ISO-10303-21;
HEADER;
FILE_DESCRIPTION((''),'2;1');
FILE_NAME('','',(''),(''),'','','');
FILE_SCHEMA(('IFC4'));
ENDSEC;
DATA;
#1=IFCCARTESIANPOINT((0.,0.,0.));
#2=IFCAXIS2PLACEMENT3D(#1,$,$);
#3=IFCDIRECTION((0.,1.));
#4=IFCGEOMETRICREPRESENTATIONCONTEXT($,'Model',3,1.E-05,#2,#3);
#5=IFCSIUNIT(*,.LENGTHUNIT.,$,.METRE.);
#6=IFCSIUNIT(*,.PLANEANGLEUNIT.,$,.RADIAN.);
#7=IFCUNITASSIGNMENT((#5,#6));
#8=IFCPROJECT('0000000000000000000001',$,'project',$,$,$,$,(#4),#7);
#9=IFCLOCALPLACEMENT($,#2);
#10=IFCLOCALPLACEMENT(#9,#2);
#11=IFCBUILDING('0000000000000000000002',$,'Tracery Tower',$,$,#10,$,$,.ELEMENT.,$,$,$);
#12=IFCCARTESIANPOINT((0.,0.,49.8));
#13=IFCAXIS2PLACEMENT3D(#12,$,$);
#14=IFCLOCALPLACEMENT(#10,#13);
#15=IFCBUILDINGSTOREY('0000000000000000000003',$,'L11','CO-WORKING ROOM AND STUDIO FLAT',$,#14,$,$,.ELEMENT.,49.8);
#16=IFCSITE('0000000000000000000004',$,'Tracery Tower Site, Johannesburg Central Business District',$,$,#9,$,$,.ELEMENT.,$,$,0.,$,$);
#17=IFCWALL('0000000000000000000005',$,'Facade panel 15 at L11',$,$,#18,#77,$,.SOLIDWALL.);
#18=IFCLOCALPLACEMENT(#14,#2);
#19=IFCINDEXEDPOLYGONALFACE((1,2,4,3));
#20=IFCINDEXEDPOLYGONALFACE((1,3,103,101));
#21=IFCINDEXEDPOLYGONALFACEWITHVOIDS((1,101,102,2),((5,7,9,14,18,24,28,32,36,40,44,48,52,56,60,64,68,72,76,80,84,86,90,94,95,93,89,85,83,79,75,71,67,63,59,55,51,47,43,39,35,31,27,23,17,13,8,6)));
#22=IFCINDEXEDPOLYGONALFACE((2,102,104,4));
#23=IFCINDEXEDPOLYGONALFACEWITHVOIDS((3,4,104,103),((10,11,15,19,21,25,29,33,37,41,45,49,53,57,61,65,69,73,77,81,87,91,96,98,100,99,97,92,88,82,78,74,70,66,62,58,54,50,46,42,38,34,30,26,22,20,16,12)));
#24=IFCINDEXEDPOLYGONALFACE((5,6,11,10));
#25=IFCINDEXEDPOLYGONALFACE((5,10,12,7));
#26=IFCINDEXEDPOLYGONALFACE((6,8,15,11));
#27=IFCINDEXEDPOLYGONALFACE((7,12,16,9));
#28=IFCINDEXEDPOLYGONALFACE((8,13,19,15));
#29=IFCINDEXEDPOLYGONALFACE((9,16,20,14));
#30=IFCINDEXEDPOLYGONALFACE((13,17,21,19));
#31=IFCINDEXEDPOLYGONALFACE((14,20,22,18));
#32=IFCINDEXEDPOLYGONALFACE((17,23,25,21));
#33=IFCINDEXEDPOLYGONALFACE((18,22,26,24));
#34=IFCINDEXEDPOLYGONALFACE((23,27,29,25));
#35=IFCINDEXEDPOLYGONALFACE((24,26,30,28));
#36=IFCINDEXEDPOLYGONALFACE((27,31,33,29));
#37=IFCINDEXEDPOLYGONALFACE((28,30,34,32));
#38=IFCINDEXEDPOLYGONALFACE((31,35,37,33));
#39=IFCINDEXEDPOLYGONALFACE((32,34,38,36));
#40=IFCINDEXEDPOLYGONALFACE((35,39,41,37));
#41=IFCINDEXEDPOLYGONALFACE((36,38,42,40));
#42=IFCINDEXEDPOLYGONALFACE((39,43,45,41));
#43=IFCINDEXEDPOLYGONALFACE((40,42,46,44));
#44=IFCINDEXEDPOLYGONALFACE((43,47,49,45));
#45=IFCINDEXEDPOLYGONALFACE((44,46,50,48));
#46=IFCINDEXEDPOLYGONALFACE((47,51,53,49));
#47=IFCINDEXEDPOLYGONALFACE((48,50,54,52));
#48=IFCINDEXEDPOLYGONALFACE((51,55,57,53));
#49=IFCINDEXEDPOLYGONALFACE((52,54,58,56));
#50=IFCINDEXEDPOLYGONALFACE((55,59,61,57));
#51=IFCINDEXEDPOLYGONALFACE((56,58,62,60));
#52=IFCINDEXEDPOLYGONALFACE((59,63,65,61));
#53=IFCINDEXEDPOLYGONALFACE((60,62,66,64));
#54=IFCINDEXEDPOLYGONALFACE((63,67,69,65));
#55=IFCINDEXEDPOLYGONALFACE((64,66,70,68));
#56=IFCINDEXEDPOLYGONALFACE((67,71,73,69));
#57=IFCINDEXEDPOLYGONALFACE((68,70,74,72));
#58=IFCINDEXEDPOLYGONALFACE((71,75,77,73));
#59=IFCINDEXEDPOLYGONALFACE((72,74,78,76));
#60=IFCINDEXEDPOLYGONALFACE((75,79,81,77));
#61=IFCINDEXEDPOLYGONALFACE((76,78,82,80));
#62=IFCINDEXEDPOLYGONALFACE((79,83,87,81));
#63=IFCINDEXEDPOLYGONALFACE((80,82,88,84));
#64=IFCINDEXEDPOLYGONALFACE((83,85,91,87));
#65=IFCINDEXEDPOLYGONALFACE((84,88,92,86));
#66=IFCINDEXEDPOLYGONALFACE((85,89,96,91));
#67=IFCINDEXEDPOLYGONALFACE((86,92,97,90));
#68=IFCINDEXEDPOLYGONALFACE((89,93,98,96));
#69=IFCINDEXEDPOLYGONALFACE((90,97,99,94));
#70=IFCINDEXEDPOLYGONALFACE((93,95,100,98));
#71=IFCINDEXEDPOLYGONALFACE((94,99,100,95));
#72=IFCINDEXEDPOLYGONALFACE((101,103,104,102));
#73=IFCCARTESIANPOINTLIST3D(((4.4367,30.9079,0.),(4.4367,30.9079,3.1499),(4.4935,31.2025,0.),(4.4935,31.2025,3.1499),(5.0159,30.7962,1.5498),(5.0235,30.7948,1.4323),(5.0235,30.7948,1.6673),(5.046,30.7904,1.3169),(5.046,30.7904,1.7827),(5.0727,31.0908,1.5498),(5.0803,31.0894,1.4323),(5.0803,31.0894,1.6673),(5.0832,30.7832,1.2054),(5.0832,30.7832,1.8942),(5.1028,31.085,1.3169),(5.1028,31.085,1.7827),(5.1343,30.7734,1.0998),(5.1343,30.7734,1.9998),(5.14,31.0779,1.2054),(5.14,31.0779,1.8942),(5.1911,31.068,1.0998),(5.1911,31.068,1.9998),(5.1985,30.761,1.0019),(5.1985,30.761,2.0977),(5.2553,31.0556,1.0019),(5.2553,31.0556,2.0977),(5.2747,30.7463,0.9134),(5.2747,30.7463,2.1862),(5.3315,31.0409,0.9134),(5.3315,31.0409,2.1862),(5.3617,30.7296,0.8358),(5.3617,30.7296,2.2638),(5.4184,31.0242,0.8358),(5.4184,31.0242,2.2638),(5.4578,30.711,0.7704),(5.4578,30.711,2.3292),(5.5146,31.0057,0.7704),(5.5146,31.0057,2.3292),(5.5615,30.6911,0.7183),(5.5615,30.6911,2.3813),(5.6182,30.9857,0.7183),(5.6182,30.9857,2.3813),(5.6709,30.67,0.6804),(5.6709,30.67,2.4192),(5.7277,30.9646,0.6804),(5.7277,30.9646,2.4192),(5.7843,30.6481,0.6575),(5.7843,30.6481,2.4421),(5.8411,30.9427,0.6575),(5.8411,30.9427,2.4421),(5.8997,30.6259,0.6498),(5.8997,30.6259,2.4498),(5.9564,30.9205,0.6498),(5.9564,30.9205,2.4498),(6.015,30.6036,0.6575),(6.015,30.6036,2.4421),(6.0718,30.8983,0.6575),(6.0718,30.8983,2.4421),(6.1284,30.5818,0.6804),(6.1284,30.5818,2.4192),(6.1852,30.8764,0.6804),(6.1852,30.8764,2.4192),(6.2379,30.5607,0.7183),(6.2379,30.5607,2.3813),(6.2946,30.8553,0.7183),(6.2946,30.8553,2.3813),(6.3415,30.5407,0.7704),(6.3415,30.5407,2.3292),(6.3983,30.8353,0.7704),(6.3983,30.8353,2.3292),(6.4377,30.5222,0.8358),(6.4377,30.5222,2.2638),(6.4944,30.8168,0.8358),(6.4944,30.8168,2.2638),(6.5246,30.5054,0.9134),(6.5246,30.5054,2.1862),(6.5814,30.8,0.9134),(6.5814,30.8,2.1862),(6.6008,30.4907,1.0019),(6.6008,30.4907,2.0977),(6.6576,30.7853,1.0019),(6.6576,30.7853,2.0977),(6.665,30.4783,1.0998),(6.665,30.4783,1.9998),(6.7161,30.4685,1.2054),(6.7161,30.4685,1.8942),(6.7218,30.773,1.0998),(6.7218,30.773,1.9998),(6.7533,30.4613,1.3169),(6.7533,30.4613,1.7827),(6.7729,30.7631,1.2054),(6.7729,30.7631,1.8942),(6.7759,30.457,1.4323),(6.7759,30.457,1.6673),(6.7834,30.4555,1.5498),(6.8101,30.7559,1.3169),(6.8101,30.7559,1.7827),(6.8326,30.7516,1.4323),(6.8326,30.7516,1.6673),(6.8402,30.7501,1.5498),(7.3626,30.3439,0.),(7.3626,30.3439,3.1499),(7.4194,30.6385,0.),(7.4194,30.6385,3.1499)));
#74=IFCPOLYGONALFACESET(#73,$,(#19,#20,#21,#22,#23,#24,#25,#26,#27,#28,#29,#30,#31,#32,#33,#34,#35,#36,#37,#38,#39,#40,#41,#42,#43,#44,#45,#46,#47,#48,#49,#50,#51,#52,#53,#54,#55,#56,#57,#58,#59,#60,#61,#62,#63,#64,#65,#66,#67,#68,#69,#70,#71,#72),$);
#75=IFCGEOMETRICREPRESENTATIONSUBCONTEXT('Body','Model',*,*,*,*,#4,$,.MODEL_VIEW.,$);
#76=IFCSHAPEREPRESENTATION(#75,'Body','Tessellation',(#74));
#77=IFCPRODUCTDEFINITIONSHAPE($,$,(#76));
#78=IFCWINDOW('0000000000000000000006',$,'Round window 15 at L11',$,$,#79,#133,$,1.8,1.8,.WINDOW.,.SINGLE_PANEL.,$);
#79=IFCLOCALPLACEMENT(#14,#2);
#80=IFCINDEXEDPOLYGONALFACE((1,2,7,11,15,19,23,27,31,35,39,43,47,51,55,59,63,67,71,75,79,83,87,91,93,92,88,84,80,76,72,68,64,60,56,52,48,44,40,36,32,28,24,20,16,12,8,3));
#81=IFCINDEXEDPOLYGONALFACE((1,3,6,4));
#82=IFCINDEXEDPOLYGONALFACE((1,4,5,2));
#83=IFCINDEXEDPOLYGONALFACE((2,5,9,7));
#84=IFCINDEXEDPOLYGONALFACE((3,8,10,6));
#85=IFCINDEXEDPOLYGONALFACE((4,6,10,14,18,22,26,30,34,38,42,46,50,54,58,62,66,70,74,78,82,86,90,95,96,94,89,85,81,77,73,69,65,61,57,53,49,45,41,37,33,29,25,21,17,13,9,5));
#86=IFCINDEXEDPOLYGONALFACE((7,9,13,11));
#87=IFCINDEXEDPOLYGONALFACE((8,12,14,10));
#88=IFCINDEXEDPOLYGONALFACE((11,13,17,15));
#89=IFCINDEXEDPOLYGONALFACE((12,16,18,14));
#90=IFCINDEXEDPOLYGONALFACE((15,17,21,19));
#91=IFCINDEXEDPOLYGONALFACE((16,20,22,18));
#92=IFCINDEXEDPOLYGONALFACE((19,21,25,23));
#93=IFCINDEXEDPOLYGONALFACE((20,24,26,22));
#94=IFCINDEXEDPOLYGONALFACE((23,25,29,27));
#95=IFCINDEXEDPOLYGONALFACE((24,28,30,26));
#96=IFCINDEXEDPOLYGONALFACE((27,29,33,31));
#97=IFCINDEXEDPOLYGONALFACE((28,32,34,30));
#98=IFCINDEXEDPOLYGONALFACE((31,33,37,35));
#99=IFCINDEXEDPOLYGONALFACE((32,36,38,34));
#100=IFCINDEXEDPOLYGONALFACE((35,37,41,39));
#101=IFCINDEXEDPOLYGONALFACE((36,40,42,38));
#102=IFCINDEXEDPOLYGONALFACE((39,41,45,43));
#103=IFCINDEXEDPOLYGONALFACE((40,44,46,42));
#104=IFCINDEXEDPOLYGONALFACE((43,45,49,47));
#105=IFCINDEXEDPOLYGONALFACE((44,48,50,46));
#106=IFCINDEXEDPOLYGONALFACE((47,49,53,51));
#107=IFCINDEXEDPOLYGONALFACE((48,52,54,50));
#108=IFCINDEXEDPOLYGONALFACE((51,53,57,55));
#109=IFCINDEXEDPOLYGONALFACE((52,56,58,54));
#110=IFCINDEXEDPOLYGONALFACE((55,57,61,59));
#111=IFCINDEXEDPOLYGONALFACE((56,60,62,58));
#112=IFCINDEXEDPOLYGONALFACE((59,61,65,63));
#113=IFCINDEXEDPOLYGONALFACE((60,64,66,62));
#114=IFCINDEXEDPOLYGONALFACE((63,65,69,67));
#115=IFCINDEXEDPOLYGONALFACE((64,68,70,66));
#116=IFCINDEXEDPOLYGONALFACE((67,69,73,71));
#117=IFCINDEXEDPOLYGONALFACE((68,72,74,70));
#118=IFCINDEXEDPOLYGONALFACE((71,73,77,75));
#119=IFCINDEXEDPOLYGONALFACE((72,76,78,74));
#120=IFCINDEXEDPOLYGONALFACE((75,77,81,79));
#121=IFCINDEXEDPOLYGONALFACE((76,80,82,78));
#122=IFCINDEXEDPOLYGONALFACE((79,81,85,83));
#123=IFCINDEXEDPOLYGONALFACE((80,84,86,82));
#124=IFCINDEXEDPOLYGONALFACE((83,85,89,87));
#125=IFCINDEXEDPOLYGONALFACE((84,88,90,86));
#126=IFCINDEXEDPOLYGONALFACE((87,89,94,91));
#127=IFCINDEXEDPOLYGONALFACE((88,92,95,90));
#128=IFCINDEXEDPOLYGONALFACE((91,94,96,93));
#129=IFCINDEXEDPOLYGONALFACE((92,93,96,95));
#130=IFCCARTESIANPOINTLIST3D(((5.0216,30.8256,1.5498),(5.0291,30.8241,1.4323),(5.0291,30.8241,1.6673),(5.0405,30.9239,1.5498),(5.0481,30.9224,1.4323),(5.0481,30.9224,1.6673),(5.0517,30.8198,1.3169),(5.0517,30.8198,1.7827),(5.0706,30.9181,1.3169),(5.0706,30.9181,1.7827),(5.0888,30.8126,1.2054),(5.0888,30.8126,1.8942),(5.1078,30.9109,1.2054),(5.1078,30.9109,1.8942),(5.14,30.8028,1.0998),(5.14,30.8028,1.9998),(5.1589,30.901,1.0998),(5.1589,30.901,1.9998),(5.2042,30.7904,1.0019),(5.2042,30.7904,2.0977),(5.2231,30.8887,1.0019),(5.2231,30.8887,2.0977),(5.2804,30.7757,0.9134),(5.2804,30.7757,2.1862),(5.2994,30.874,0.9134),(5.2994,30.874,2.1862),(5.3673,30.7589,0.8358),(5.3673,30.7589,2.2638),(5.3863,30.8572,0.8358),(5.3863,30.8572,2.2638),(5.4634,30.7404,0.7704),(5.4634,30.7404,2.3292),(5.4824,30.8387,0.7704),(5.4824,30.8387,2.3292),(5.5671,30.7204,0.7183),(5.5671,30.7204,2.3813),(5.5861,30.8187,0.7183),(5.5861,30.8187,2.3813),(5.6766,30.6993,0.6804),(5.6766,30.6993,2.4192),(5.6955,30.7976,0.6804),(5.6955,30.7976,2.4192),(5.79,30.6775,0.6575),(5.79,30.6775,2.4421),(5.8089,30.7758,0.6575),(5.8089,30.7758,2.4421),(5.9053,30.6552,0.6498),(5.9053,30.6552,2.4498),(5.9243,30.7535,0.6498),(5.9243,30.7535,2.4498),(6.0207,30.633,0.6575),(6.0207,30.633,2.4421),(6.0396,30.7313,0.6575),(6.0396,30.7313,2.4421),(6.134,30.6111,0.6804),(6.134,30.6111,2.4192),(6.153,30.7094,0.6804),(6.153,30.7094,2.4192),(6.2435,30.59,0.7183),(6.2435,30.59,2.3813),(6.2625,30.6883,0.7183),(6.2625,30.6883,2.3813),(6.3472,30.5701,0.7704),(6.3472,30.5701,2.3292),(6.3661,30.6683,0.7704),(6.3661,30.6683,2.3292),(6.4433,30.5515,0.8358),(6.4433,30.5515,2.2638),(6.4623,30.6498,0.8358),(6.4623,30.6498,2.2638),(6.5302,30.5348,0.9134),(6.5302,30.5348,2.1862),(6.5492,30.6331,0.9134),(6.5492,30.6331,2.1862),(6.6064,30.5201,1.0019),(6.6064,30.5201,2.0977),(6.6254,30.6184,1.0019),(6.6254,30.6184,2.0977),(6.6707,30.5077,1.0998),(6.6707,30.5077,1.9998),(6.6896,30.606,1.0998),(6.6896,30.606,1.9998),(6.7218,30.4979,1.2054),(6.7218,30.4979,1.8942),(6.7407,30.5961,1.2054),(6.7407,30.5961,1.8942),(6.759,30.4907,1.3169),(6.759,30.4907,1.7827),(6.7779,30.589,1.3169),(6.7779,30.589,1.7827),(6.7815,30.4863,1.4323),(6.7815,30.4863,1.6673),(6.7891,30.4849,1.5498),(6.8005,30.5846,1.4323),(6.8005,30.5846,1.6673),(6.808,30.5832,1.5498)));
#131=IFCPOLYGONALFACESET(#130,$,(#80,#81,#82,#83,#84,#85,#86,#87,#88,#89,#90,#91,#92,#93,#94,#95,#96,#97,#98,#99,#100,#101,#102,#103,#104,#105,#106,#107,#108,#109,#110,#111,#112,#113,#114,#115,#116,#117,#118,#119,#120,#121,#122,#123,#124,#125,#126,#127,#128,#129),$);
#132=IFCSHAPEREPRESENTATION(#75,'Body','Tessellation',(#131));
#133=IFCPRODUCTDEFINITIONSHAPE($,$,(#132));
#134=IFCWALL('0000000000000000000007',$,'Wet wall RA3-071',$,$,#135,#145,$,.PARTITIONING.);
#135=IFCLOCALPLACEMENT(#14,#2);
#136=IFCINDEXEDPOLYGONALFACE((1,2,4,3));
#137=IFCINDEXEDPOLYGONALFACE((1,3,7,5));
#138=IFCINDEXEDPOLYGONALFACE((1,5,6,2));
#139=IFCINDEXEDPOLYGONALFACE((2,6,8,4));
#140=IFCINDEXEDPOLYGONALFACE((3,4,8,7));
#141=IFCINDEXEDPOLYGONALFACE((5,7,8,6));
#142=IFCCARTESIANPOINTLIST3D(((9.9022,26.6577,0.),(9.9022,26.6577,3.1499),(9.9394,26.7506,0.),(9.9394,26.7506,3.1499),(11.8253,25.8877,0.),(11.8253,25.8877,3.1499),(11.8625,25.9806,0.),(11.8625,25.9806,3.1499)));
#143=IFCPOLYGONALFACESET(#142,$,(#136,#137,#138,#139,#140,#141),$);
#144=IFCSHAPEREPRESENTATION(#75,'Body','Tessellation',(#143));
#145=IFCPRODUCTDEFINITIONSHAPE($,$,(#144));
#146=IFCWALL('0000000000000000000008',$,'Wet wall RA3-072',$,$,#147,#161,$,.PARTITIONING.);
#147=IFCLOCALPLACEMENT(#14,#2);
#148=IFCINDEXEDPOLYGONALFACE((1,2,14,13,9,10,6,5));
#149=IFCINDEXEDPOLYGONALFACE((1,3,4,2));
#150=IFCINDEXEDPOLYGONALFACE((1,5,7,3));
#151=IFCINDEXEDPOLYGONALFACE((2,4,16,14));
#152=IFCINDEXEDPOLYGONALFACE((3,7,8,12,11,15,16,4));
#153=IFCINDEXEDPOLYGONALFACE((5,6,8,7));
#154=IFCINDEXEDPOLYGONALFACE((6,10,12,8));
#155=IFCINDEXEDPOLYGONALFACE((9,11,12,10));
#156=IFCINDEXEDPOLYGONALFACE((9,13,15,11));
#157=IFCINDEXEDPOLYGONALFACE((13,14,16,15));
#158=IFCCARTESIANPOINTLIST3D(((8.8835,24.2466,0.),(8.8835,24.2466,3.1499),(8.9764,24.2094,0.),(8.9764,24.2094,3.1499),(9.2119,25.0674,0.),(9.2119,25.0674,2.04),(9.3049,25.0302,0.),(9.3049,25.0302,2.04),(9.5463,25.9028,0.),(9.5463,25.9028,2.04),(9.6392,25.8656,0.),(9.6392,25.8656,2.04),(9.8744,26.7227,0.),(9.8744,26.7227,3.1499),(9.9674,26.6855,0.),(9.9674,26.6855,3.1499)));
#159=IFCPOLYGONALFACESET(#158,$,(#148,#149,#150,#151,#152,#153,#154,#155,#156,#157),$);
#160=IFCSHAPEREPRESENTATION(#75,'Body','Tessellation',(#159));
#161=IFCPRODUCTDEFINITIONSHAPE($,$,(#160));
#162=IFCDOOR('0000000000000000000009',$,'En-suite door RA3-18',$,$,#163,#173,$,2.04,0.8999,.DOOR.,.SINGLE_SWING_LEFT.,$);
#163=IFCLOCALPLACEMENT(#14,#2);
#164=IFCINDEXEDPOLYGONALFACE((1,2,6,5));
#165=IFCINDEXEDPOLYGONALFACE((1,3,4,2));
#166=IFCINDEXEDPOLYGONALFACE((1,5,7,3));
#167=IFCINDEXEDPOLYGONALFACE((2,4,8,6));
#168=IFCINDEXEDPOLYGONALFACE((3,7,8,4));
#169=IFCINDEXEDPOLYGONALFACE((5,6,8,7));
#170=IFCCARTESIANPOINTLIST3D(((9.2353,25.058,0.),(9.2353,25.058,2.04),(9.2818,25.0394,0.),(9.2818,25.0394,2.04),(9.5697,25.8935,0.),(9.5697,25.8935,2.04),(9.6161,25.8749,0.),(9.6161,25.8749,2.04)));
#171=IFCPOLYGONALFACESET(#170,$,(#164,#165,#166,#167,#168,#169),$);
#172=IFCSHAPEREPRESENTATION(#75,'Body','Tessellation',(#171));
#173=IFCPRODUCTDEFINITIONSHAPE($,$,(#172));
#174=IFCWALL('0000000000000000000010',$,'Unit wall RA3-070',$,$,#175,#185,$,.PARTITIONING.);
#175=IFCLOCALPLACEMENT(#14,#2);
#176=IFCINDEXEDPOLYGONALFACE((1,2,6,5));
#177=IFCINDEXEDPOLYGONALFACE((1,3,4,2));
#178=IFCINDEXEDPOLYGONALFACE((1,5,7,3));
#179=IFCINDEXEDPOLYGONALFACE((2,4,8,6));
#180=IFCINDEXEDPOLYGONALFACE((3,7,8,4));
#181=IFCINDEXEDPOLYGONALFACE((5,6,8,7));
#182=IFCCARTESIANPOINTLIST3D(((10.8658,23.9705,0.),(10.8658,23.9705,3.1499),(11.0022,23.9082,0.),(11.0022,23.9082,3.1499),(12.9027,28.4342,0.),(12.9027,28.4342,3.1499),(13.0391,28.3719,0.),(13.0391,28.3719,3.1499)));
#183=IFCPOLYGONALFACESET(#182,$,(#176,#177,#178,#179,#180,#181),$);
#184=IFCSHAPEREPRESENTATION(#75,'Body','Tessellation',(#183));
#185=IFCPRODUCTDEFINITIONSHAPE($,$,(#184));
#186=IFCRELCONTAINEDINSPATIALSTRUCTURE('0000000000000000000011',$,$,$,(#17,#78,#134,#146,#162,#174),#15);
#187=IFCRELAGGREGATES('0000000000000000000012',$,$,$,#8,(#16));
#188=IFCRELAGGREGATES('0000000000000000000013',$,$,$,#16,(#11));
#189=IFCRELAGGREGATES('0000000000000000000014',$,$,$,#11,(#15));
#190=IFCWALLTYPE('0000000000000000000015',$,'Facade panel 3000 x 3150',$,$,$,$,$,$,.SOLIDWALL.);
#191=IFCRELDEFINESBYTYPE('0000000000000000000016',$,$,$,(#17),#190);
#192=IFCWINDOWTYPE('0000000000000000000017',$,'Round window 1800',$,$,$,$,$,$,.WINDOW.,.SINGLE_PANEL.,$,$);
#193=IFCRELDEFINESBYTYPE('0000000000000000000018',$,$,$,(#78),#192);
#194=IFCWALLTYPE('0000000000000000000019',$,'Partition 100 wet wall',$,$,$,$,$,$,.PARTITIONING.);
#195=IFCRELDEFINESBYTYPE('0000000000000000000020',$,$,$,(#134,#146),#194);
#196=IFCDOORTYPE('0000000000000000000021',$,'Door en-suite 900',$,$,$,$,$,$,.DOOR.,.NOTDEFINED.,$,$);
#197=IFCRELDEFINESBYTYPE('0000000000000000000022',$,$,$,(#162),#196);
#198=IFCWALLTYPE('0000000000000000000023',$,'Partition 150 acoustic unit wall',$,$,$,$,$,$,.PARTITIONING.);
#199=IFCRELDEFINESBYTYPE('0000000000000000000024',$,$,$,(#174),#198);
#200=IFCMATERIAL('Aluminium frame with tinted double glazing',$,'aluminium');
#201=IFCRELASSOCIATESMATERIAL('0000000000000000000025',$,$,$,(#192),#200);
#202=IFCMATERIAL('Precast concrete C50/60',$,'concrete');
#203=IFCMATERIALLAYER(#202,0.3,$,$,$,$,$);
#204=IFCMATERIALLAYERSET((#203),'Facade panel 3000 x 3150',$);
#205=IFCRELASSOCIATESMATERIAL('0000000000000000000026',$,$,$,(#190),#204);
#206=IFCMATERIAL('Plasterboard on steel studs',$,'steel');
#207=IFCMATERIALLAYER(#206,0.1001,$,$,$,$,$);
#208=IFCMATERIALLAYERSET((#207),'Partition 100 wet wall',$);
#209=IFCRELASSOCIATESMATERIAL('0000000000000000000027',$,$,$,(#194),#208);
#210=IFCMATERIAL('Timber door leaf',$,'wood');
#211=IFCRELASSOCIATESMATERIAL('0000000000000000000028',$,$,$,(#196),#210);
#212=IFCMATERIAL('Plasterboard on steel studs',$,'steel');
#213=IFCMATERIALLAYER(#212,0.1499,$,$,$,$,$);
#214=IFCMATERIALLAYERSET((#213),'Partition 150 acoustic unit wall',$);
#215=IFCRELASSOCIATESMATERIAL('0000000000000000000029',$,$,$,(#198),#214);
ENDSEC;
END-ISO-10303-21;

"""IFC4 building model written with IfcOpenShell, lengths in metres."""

from ifc_helpers import new_model, si_unit, direction, frame, frame_2d, origin, origin_2d, place, context, subcontext, project, spatial, rectangle, circle, extrude, material, layer, layer_set, type_object, element, fill, save


model = new_model("IFC4")

# Units and contexts
model_context = context("Model", 3, precision=1e-05, world=origin(), true_north=direction((0.0, 1.0)))
body_context = subcontext(model_context, "Body", "Model", "MODEL_VIEW")
ifc_project = project(units=[si_unit("LENGTHUNIT", "METRE"), si_unit("PLANEANGLEUNIT", "RADIAN")], contexts=[model_context])

# Site, building, storey
site_placement = place(None, origin())
site = spatial("IfcSite", under=ifc_project, at=site_placement, Name="Tracery Tower Site, Johannesburg Central Business District", CompositionType="ELEMENT", RefElevation=0.0)
building_placement = place(site_placement, origin())
building = spatial("IfcBuilding", under=site, at=building_placement, Name="Tracery Tower", CompositionType="ELEMENT")
storey_placement = place(building_placement, frame((0.0, 0.0, 49.8)))
storey = spatial("IfcBuildingStorey", under=building, at=storey_placement, Name="L11", Description="CO-WORKING ROOM AND STUDIO FLAT", CompositionType="ELEMENT", Elevation=49.8)

# Wall, opening, window
ifc_material_1 = material(Name="Aluminium frame with tinted double glazing", Category="aluminium")
window_type = type_object("IfcWindowType", Name="Round window 1800", PartitioningType="SINGLE_PANEL", PredefinedType="WINDOW", material=ifc_material_1)
ifc_material_2 = material(Name="Precast concrete C50/60", Category="concrete")
ifc_layer_1 = layer(ifc_material_2, 0.3)
ifc_layer_set_1 = layer_set([ifc_layer_1], Name="Facade panel 3000 x 3150")
wall_type_1 = type_object("IfcWallType", Name="Facade panel 3000 x 3150", PredefinedType="SOLIDWALL", material=ifc_layer_set_1)
wall_1_placement = place(storey_placement, frame((7.3909, 30.4912, 0.0), z_axis=(0.0, 0.0, 1.0), x_axis=(-0.981925, 0.189273, 0.0)))
wall_1 = element("IfcWall", 1, at=wall_1_placement, inside=storey, type_object=wall_type_1, Name="Facade panel 15 at L11", PredefinedType="SOLIDWALL", context=body_context, shape_type="SweptSolid", body=[
    extrude(rectangle(XDim=2.9797, YDim=0.3, at=frame_2d((1.4897, 0.0))), origin(), (0.0, 0.0, 1.0), 3.1499),
])
opening_1_placement = place(wall_1_placement, frame((1.4897, 0.0, 1.5498)))
opening_1 = element("IfcOpeningElement", 2, at=opening_1_placement, cuts=wall_1, PredefinedType="OPENING", context=body_context, shape_type="SweptSolid", body=[
    extrude(circle(Radius=0.9, at=origin_2d()), frame((0.0, 0.1599, 0.0), z_axis=(0.0, -1.0, 0.0), x_axis=(1.0, 0.0, 0.0)), (0.0, 0.0, 1.0), 0.3201),
])
window_1_placement = place(opening_1_placement, origin())
window_1 = element("IfcWindow", 3, at=window_1_placement, inside=storey, type_object=window_type, Name="Round window 15 at L11", OverallHeight=1.8, OverallWidth=1.8, PartitioningType="SINGLE_PANEL", PredefinedType="WINDOW", context=body_context, shape_type="SweptSolid", body=[
    extrude(circle(Radius=0.9, at=origin_2d()), frame((0.0, 0.1201, 0.0), z_axis=(0.0, -1.0, 0.0), x_axis=(1.0, 0.0, 0.0)), (0.0, 0.0, 1.0), 0.1001),
])
fill(opening_1, window_1)

# Wall
ifc_material_3 = material(Name="Plasterboard on steel studs", Category="steel")
ifc_layer_2 = layer(ifc_material_3, 0.1001)
ifc_layer_set_2 = layer_set([ifc_layer_2], Name="Partition 100 wet wall")
wall_type_2 = type_object("IfcWallType", Name="Partition 100 wet wall", PredefinedType="PARTITIONING", material=ifc_layer_set_2)
wall_2_placement = place(storey_placement, frame((9.9209, 26.7041, 0.0), z_axis=(0.0, 0.0, 1.0), x_axis=(0.928347, -0.371716, 0.0)))
element("IfcWall", 4, at=wall_2_placement, inside=storey, type_object=wall_type_2, Name="Wet wall RA3-071", PredefinedType="PARTITIONING", context=body_context, shape_type="SweptSolid", body=[
    extrude(rectangle(XDim=2.0715, YDim=0.1001, at=frame_2d((1.0356, 0.0))), origin(), (0.0, 0.0, 1.0), 3.1499),
])

# Wall, opening, door
wall_3_placement = place(storey_placement, frame((8.9299, 24.228, 0.0), z_axis=(0.0, 0.0, 1.0), x_axis=(0.371564, 0.928407, 0.0)))
wall_3 = element("IfcWall", 5, at=wall_3_placement, inside=storey, type_object=wall_type_2, Name="Wet wall RA3-072", PredefinedType="PARTITIONING", context=body_context, shape_type="SweptSolid", body=[
    extrude(rectangle(XDim=2.667, YDim=0.1001, at=frame_2d((1.3335, 0.0))), origin(), (0.0, 0.0, 1.0), 3.1499),
])
opening_2_placement = place(wall_3_placement, frame((0.884, 0.0, 0.0)))
opening_2 = element("IfcOpeningElement", 6, at=opening_2_placement, cuts=wall_3, PredefinedType="OPENING", context=body_context, shape_type="SweptSolid", body=[
    extrude(rectangle(XDim=0.8999, YDim=2.04, at=frame_2d((0.45, 1.02))), frame((0.0, 0.05, 0.0), z_axis=(0.0, -1.0, 0.0), x_axis=(1.0, 0.0, 0.0)), (0.0, 0.0, 1.0), 0.1001),
])
ifc_material_4 = material(Name="Timber door leaf", Category="wood")
door_type_1 = type_object("IfcDoorType", Name="Door en-suite 900", OperationType="NOTDEFINED", PredefinedType="DOOR", material=ifc_material_4)
door_1_placement = place(opening_2_placement, origin())
door_1 = element("IfcDoor", 7, at=door_1_placement, inside=storey, type_object=door_type_1, Name="En-suite door RA3-18", OperationType="SINGLE_SWING_LEFT", OverallHeight=2.04, OverallWidth=0.8999, PredefinedType="DOOR", context=body_context, shape_type="SweptSolid", body=[
    extrude(rectangle(XDim=0.8999, YDim=2.04, at=frame_2d((0.45, 1.02))), frame((0.0, 0.0249, 0.0), z_axis=(0.0, -1.0, 0.0), x_axis=(1.0, 0.0, 0.0)), (0.0, 0.0, 1.0), 0.05),
])
fill(opening_2, door_1)

# Wall
ifc_material_5 = material(Name="Plasterboard on steel studs", Category="steel")
ifc_layer_3 = layer(ifc_material_5, 0.1499)
ifc_layer_set_3 = layer_set([ifc_layer_3], Name="Partition 150 acoustic unit wall")
wall_type_3 = type_object("IfcWallType", Name="Partition 150 acoustic unit wall", PredefinedType="PARTITIONING", material=ifc_layer_set_3)
wall_4_placement = place(storey_placement, frame((10.9341, 23.9395, 0.0), z_axis=(0.0, 0.0, 1.0), x_axis=(0.415145, 0.909755, 0.0)))
element("IfcWall", 8, at=wall_4_placement, inside=storey, type_object=wall_type_3, Name="Unit wall RA3-070", PredefinedType="PARTITIONING", context=body_context, shape_type="SweptSolid", body=[
    extrude(rectangle(XDim=4.9065, YDim=0.1499, at=frame_2d((2.4531, 0.0))), origin(), (0.0, 0.0, 1.0), 3.1499),
])

save(model, "model.ifc")
